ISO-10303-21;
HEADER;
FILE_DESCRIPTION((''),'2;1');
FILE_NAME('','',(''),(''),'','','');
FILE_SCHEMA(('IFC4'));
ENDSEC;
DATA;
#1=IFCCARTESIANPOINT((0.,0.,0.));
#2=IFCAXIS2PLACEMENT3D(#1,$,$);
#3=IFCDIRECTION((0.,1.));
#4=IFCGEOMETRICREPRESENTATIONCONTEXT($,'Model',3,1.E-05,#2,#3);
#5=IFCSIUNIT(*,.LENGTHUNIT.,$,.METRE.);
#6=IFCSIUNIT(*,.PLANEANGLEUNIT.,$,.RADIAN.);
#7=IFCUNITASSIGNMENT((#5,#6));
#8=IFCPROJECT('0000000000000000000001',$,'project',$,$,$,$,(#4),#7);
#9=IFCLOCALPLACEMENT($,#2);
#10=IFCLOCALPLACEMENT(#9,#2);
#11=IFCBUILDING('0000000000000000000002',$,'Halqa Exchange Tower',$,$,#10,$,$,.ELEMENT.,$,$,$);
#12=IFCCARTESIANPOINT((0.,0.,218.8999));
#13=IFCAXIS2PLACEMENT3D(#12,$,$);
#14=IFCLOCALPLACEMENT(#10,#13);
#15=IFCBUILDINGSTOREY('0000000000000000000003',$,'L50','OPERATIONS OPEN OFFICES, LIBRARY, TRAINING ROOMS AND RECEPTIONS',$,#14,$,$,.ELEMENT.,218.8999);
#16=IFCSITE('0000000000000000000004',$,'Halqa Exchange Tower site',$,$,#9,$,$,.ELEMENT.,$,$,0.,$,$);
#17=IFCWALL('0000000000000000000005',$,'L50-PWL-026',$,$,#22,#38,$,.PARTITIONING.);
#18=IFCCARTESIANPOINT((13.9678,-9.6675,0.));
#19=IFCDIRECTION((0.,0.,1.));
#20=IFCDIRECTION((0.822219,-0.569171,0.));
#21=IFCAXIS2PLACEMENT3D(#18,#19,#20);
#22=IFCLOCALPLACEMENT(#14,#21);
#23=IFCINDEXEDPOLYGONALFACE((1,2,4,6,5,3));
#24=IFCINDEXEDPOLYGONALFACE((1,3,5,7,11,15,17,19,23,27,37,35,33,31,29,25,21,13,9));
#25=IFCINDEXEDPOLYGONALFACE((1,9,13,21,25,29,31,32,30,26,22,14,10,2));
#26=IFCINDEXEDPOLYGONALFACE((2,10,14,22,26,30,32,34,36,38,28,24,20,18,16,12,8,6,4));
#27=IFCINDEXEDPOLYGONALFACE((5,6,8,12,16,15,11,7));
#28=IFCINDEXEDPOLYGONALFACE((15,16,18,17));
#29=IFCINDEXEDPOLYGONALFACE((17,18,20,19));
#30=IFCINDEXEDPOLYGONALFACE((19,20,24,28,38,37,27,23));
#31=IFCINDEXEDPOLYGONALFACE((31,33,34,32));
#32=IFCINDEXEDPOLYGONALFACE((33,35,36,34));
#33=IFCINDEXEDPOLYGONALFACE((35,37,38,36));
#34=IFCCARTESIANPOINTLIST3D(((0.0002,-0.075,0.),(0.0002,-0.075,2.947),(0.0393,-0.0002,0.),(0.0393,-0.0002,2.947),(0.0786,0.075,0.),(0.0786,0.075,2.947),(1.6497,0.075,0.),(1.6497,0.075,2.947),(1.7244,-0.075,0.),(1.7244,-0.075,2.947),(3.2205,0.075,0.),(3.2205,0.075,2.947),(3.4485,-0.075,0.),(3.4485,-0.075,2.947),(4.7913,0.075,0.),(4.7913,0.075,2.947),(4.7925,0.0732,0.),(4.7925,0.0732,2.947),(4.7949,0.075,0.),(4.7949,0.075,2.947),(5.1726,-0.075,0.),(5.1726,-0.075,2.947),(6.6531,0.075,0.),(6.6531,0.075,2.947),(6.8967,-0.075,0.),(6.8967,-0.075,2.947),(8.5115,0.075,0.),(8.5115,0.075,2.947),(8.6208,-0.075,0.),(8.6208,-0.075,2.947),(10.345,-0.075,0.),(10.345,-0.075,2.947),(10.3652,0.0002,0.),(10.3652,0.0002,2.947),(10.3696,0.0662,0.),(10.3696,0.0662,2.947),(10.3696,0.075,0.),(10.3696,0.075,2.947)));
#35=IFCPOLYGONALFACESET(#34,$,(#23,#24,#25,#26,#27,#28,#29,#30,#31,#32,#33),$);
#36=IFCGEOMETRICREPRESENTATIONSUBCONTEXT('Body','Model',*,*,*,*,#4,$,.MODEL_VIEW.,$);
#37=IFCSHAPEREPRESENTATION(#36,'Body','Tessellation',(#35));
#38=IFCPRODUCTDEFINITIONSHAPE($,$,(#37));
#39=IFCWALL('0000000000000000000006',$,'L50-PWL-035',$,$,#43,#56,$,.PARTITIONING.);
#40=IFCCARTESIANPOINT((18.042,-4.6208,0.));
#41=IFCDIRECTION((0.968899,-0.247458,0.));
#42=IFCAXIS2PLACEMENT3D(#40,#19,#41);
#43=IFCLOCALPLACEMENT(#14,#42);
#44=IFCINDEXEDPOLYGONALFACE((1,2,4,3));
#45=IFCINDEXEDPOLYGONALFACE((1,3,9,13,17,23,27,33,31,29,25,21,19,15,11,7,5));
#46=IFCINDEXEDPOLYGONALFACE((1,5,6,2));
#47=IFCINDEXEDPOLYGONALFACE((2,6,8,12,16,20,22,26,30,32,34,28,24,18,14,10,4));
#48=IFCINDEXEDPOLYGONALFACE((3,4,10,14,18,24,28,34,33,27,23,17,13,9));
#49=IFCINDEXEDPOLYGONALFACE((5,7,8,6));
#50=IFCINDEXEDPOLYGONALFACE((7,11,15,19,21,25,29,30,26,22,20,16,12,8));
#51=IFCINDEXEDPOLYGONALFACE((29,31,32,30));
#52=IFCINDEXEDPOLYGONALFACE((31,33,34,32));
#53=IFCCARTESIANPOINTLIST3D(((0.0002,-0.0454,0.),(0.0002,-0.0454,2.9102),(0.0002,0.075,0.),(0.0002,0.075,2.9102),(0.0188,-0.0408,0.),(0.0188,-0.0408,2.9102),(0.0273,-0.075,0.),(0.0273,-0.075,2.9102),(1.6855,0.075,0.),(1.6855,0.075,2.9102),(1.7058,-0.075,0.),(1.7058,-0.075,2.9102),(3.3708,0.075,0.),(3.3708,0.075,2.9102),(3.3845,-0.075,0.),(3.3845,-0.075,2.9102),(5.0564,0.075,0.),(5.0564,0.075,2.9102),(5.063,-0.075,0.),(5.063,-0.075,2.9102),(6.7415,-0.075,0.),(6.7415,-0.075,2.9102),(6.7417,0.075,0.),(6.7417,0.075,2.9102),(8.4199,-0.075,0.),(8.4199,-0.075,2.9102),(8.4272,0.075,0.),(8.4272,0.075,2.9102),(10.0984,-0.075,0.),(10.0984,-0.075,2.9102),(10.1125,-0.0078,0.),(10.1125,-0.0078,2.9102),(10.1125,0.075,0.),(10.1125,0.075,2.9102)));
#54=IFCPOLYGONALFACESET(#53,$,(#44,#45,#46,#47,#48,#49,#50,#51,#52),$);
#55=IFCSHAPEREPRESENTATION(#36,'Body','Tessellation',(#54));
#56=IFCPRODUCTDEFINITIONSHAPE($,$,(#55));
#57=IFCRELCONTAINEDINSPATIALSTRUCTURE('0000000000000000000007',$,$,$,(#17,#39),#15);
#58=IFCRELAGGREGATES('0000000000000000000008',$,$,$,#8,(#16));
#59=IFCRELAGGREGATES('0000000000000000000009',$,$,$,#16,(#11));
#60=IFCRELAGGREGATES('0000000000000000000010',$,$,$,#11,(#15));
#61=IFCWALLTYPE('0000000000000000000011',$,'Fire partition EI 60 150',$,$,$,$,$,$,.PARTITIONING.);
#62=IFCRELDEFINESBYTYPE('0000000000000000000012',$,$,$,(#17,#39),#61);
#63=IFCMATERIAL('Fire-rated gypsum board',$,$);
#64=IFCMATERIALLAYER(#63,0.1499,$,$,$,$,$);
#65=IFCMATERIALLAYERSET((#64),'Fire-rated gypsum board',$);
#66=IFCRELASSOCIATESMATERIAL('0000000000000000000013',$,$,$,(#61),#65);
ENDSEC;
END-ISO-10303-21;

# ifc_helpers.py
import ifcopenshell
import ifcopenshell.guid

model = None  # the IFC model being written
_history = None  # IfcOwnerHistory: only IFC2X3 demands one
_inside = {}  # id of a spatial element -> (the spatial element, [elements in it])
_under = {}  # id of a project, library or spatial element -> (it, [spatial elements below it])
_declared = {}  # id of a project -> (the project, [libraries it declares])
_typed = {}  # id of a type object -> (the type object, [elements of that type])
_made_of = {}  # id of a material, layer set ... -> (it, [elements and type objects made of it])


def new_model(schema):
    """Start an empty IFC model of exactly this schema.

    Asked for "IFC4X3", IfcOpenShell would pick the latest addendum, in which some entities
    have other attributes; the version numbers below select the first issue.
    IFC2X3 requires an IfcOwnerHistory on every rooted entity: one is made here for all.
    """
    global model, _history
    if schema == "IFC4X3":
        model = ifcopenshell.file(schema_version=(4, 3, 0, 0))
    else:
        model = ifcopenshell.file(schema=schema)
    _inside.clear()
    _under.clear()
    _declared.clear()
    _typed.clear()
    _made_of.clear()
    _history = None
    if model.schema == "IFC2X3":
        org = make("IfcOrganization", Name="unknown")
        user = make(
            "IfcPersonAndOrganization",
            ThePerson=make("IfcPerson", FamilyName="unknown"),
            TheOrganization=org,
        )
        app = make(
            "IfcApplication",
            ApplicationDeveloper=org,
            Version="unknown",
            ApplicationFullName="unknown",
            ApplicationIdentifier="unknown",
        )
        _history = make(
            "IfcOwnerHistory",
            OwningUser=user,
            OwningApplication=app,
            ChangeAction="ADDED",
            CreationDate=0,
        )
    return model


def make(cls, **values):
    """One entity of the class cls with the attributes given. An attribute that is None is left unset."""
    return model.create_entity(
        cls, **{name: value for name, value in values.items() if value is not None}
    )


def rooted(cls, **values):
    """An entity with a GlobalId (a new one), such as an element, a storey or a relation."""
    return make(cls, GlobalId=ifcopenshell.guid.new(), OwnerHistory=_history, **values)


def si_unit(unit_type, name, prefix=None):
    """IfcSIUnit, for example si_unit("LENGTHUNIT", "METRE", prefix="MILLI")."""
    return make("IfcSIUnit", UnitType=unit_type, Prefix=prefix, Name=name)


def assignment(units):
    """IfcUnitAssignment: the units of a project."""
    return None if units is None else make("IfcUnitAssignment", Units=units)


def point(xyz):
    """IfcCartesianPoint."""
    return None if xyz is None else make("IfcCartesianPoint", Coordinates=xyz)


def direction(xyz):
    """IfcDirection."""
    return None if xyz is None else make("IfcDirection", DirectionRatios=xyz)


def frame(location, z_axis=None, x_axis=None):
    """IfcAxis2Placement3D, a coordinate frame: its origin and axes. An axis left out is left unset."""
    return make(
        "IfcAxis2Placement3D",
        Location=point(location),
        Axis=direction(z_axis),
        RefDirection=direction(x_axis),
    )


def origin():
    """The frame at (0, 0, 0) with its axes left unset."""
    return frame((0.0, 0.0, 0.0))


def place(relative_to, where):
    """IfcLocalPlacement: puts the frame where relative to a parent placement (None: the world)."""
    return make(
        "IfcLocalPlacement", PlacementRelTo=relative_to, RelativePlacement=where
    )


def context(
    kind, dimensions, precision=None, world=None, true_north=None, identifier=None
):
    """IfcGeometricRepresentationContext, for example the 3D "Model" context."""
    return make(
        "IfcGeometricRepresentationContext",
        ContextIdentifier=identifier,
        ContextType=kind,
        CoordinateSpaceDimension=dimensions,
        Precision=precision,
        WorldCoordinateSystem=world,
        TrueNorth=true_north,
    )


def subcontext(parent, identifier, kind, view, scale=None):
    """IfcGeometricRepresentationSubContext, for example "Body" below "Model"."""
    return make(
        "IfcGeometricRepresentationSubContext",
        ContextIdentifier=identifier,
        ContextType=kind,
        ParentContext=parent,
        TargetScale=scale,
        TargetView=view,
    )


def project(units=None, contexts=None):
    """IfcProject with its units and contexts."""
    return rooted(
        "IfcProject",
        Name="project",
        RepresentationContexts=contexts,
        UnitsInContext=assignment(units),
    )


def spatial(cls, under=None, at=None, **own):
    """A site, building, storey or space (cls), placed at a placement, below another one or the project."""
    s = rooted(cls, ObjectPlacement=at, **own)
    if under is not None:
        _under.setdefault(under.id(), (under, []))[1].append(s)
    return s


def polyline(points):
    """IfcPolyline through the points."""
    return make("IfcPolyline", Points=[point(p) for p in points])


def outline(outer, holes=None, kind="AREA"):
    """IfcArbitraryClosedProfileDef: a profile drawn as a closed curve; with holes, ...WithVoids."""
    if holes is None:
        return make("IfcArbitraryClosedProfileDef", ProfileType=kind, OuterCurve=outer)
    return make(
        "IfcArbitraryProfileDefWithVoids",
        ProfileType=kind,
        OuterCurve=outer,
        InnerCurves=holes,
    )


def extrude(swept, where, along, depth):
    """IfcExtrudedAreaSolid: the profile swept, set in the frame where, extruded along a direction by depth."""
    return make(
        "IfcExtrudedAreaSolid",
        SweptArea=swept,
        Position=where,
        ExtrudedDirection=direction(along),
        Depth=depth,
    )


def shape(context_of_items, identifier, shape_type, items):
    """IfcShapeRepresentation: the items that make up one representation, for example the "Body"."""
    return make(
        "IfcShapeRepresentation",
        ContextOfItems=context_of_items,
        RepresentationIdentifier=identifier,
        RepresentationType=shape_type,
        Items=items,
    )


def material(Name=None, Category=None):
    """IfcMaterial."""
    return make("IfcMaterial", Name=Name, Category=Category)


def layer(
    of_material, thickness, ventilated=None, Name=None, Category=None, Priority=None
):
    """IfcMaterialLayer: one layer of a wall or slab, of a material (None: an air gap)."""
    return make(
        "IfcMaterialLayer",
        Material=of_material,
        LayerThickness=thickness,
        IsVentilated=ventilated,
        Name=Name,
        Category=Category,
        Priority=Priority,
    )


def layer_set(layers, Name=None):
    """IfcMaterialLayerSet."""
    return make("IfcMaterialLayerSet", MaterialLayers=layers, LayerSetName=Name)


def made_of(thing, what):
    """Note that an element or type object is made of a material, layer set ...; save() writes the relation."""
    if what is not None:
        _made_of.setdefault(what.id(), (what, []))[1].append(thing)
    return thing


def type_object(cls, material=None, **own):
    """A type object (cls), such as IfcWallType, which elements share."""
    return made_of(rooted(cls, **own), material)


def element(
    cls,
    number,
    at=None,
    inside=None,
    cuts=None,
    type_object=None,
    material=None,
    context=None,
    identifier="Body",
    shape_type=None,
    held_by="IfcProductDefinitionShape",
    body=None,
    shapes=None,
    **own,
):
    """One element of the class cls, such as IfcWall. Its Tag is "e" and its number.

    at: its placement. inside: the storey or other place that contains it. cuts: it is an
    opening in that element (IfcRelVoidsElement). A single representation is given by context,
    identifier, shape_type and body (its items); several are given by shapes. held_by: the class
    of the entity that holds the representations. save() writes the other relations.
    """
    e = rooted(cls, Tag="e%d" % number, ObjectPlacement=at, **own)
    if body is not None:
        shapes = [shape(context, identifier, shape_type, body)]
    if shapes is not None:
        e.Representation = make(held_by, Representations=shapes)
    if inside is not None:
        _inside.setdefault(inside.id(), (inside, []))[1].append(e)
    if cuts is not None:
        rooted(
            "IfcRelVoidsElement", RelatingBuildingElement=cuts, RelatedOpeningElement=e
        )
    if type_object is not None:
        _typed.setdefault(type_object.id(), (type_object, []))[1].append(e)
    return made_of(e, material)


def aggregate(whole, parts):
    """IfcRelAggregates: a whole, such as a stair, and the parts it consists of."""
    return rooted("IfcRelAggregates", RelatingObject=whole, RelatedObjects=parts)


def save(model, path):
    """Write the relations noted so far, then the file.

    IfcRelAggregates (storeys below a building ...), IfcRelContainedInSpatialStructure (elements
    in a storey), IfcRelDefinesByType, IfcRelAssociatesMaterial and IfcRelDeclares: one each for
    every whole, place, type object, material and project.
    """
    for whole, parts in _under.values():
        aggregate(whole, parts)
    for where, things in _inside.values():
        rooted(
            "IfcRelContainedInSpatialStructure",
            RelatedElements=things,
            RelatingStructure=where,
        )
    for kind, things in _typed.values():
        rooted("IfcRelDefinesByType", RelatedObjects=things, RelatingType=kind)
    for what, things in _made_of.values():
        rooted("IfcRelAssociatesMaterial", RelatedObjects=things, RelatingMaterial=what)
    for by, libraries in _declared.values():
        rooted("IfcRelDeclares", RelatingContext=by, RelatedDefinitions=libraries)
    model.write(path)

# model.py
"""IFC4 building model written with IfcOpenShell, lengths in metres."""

from ifc_helpers import new_model, si_unit, direction, frame, origin, place, context, subcontext, project, spatial, polyline, outline, extrude, material, layer, layer_set, type_object, element, save


model = new_model("IFC4")

# Units and contexts
model_context = context("Model", 3, precision=1e-05, world=origin(), true_north=direction((0.0, 1.0)))
body_context = subcontext(model_context, "Body", "Model", "MODEL_VIEW")
ifc_project = project(units=[si_unit("LENGTHUNIT", "METRE"), si_unit("PLANEANGLEUNIT", "RADIAN")], contexts=[model_context])

# Site, building, storey
site_placement = place(None, origin())
site = spatial("IfcSite", under=ifc_project, at=site_placement, Name="Halqa Exchange Tower site", CompositionType="ELEMENT", RefElevation=0.0)
building_placement = place(site_placement, origin())
building = spatial("IfcBuilding", under=site, at=building_placement, Name="Halqa Exchange Tower", CompositionType="ELEMENT")
storey_placement = place(building_placement, frame((0.0, 0.0, 218.8999)))
storey = spatial("IfcBuildingStorey", under=building, at=storey_placement, Name="L50", Description="OPERATIONS OPEN OFFICES, LIBRARY, TRAINING ROOMS AND RECEPTIONS", CompositionType="ELEMENT", Elevation=218.8999)

# Wall
ifc_material_1 = material(Name="Fire-rated gypsum board")
ifc_layer_1 = layer(ifc_material_1, 0.1499)
ifc_layer_set_1 = layer_set([ifc_layer_1], Name="Fire-rated gypsum board")
wall_type_1 = type_object("IfcWallType", Name="Fire partition EI 60 150", PredefinedType="PARTITIONING", material=ifc_layer_set_1)
wall_1_placement = place(storey_placement, frame((13.9678, -9.6675, 0.0), z_axis=(0.0, 0.0, 1.0), x_axis=(0.822219, -0.569171, 0.0)))
element("IfcWall", 1, at=wall_1_placement, inside=storey, type_object=wall_type_1, Name="L50-PWL-026", PredefinedType="PARTITIONING", context=body_context, shape_type="SweptSolid", body=[
    extrude(outline(polyline([(0.0002, -0.075), (1.7244, -0.075), (3.4485, -0.075), (5.1726, -0.075), (6.8967, -0.075), (8.6208, -0.075), (10.345, -0.075), (10.3652, 0.0002), (10.3696, 0.0662), (10.3696, 0.075), (8.5115, 0.075), (6.6531, 0.075), (4.7949, 0.075), (4.7925, 0.0732), (4.7913, 0.075), (3.2205, 0.075), (1.6497, 0.075), (0.0786, 0.075), (0.0393, -0.0002), (0.0002, -0.075)])), origin(), (0.0, 0.0, 1.0), 2.947),
])

# Wall
wall_2_placement = place(storey_placement, frame((18.042, -4.6208, 0.0), z_axis=(0.0, 0.0, 1.0), x_axis=(0.968899, -0.247458, 0.0)))
element("IfcWall", 2, at=wall_2_placement, inside=storey, type_object=wall_type_1, Name="L50-PWL-035", PredefinedType="PARTITIONING", context=body_context, shape_type="SweptSolid", body=[
    extrude(outline(polyline([(0.0273, -0.075), (1.7058, -0.075), (3.3845, -0.075), (5.063, -0.075), (6.7415, -0.075), (8.4199, -0.075), (10.0984, -0.075), (10.1125, -0.0078), (10.1125, 0.075), (8.4272, 0.075), (6.7417, 0.075), (5.0564, 0.075), (3.3708, 0.075), (1.6855, 0.075), (0.0002, 0.075), (0.0002, -0.0454), (0.0188, -0.0408), (0.0273, -0.075)])), origin(), (0.0, 0.0, 1.0), 2.9102),
])

save(model, "model.ifc")
